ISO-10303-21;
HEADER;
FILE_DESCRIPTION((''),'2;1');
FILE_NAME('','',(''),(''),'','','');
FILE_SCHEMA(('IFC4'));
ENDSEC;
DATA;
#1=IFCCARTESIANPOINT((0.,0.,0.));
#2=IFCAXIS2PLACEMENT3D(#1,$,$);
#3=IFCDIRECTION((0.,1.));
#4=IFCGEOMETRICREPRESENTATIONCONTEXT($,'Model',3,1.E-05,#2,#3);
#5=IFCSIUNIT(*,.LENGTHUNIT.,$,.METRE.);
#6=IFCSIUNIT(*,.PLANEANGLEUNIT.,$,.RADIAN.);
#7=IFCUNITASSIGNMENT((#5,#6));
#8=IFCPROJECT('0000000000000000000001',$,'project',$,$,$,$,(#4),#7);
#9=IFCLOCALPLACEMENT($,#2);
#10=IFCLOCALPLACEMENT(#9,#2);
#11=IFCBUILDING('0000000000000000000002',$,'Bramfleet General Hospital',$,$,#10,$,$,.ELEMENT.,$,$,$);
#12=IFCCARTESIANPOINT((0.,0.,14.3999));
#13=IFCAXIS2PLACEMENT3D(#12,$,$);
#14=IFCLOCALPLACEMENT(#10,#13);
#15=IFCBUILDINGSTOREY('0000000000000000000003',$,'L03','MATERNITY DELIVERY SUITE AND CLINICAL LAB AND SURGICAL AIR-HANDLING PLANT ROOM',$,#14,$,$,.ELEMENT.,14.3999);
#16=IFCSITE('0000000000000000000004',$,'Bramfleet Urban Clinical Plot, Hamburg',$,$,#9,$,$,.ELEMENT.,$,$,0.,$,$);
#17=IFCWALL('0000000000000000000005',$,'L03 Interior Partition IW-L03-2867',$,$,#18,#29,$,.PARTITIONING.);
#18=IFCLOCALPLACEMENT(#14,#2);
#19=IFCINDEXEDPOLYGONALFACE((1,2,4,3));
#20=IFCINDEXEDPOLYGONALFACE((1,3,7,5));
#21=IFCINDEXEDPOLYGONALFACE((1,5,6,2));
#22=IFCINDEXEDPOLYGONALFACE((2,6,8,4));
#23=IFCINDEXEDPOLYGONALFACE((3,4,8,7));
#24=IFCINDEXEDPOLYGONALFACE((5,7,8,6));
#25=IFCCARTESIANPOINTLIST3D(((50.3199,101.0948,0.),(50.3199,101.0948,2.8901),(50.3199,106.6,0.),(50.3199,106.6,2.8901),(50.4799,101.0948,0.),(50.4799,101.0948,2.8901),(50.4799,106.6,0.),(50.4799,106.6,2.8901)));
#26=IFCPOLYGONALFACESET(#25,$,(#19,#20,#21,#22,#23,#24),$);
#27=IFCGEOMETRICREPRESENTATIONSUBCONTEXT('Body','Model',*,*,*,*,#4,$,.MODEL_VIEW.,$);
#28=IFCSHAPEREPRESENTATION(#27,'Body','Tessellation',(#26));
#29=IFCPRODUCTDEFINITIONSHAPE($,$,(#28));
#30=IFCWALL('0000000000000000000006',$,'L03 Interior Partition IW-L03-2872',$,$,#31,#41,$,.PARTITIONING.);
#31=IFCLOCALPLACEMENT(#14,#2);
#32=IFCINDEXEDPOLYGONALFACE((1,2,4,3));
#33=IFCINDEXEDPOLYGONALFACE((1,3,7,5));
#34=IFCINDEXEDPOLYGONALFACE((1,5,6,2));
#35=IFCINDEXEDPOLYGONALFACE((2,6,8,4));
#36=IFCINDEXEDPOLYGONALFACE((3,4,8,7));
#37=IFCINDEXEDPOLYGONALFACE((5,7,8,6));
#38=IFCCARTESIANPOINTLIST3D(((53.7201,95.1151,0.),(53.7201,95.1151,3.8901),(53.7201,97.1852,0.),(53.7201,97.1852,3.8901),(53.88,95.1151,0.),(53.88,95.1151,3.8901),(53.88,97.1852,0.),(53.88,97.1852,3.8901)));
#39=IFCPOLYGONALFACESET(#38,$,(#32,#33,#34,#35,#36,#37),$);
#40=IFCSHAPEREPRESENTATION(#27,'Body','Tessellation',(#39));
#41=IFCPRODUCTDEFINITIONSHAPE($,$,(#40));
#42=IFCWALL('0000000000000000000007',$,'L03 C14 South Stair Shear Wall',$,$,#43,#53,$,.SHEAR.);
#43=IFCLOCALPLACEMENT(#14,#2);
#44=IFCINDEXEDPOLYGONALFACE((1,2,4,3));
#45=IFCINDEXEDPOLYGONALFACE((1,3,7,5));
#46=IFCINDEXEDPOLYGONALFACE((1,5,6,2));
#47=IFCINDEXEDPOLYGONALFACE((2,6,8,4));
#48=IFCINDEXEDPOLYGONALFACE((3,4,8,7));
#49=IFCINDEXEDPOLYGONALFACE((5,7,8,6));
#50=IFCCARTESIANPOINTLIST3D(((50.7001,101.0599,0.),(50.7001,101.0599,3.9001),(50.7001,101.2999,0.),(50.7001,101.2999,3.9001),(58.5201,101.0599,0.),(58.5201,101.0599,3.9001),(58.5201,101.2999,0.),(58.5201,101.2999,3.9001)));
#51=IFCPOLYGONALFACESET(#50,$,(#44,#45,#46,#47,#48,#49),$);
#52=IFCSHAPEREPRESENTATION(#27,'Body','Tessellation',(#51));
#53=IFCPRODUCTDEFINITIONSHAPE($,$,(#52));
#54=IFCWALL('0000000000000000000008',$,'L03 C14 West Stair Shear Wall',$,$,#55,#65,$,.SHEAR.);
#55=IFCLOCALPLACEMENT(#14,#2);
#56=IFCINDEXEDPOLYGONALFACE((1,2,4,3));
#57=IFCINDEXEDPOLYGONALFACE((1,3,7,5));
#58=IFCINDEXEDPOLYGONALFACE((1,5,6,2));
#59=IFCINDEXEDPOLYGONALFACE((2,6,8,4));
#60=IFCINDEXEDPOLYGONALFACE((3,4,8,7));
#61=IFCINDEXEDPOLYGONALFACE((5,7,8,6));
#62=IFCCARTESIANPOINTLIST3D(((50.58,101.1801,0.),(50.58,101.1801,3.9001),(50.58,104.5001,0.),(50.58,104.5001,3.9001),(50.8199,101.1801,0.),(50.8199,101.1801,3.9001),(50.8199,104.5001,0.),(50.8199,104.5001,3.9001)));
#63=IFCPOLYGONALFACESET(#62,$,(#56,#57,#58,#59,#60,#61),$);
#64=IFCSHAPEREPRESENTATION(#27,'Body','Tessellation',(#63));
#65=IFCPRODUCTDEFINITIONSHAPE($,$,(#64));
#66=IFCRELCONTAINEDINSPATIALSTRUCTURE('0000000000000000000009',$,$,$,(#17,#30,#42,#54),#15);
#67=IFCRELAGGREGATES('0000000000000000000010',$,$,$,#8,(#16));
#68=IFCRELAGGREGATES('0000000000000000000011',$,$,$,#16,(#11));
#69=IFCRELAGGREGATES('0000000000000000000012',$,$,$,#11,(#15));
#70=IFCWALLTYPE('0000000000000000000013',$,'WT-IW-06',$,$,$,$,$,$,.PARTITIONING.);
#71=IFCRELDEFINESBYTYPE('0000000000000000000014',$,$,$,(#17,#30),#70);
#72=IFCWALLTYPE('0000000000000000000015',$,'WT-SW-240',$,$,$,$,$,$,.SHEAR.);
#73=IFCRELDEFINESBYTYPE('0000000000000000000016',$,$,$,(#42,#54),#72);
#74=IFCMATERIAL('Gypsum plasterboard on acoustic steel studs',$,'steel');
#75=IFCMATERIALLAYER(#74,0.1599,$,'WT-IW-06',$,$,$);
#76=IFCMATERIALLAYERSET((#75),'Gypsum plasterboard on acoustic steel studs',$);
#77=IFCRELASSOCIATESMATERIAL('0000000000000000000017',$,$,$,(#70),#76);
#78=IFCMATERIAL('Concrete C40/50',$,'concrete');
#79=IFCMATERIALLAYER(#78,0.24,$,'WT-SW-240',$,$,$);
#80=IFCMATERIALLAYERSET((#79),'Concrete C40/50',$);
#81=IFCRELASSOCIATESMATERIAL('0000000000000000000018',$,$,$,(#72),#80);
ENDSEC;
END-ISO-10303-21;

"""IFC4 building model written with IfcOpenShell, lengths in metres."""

from ifc_helpers import new_model, si_unit, direction, frame, frame_2d, origin, place, context, subcontext, project, spatial, rectangle, extrude, material, layer, layer_set, type_object, element, save


model = new_model("IFC4")

# Units and contexts
model_context = context("Model", 3, precision=1e-05, world=origin(), true_north=direction((0.0, 1.0)))
body_context = subcontext(model_context, "Body", "Model", "MODEL_VIEW")
ifc_project = project(units=[si_unit("LENGTHUNIT", "METRE"), si_unit("PLANEANGLEUNIT", "RADIAN")], contexts=[model_context])

# Site, building, storey
site_placement = place(None, origin())
site = spatial("IfcSite", under=ifc_project, at=site_placement, Name="Bramfleet Urban Clinical Plot, Hamburg", CompositionType="ELEMENT", RefElevation=0.0)
building_placement = place(site_placement, origin())
building = spatial("IfcBuilding", under=site, at=building_placement, Name="Bramfleet General Hospital", CompositionType="ELEMENT")
storey_placement = place(building_placement, frame((0.0, 0.0, 14.3999)))
storey = spatial("IfcBuildingStorey", under=building, at=storey_placement, Name="L03", Description="MATERNITY DELIVERY SUITE AND CLINICAL LAB AND SURGICAL AIR-HANDLING PLANT ROOM", CompositionType="ELEMENT", Elevation=14.3999)

# Shared definitions
ifc_material_1 = material(Name="Concrete C40/50", Category="concrete")

# Shared definitions
ifc_material_2 = material(Name="Gypsum plasterboard on acoustic steel studs", Category="steel")
ifc_layer_1 = layer(ifc_material_2, 0.1599, Name="WT-IW-06")
ifc_layer_set_1 = layer_set([ifc_layer_1], Name="Gypsum plasterboard on acoustic steel studs")
wall_type_1 = type_object("IfcWallType", Name="WT-IW-06", PredefinedType="PARTITIONING", material=ifc_layer_set_1)

# Walls
wall_1_placement = place(storey_placement, frame((50.3999, 101.095, 0.0), z_axis=(0.0, 0.0, 1.0), x_axis=(0.0, 1.0, 0.0)))
element("IfcWall", 1, at=wall_1_placement, inside=storey, type_object=wall_type_1, Name="L03 Interior Partition IW-L03-2867", PredefinedType="PARTITIONING", context=body_context, shape_type="SweptSolid", body=[
    extrude(rectangle(XDim=5.5051, YDim=0.1599, at=frame_2d((2.7524, 0.0))), origin(), (0.0, 0.0, 1.0), 2.8901),
])
wall_2_placement = place(storey_placement, frame((53.8, 95.115, 0.0), z_axis=(0.0, 0.0, 1.0), x_axis=(0.0, 1.0, 0.0)))
element("IfcWall", 2, at=wall_2_placement, inside=storey, type_object=wall_type_1, Name="L03 Interior Partition IW-L03-2872", PredefinedType="PARTITIONING", context=body_context, shape_type="SweptSolid", body=[
    extrude(rectangle(XDim=2.0701, YDim=0.1599, at=frame_2d((1.0352, 0.0))), origin(), (0.0, 0.0, 1.0), 3.8901),
])
ifc_layer_2 = layer(ifc_material_1, 0.24, Name="WT-SW-240")
ifc_layer_set_2 = layer_set([ifc_layer_2], Name="Concrete C40/50")
wall_type_2 = type_object("IfcWallType", Name="WT-SW-240", PredefinedType="SHEAR", material=ifc_layer_set_2)
wall_3_placement = place(storey_placement, frame((50.7, 101.1799, 0.0), z_axis=(0.0, 0.0, 1.0), x_axis=(1.0, 0.0, 0.0)))
element("IfcWall", 3, at=wall_3_placement, inside=storey, type_object=wall_type_2, Name="L03 C14 South Stair Shear Wall", PredefinedType="SHEAR", context=body_context, shape_type="SweptSolid", body=[
    extrude(rectangle(XDim=7.8201, YDim=0.24, at=frame_2d((3.9102, 0.0))), origin(), (0.0, 0.0, 1.0), 3.9001),
])
wall_4_placement = place(storey_placement, frame((50.7, 101.1799, 0.0), z_axis=(0.0, 0.0, 1.0), x_axis=(0.0, 1.0, 0.0)))
element("IfcWall", 4, at=wall_4_placement, inside=storey, type_object=wall_type_2, Name="L03 C14 West Stair Shear Wall", PredefinedType="SHEAR", context=body_context, shape_type="SweptSolid", body=[
    extrude(rectangle(XDim=3.3201, YDim=0.24, at=frame_2d((1.6602, 0.0))), origin(), (0.0, 0.0, 1.0), 3.9001),
])

save(model, "model.ifc")
